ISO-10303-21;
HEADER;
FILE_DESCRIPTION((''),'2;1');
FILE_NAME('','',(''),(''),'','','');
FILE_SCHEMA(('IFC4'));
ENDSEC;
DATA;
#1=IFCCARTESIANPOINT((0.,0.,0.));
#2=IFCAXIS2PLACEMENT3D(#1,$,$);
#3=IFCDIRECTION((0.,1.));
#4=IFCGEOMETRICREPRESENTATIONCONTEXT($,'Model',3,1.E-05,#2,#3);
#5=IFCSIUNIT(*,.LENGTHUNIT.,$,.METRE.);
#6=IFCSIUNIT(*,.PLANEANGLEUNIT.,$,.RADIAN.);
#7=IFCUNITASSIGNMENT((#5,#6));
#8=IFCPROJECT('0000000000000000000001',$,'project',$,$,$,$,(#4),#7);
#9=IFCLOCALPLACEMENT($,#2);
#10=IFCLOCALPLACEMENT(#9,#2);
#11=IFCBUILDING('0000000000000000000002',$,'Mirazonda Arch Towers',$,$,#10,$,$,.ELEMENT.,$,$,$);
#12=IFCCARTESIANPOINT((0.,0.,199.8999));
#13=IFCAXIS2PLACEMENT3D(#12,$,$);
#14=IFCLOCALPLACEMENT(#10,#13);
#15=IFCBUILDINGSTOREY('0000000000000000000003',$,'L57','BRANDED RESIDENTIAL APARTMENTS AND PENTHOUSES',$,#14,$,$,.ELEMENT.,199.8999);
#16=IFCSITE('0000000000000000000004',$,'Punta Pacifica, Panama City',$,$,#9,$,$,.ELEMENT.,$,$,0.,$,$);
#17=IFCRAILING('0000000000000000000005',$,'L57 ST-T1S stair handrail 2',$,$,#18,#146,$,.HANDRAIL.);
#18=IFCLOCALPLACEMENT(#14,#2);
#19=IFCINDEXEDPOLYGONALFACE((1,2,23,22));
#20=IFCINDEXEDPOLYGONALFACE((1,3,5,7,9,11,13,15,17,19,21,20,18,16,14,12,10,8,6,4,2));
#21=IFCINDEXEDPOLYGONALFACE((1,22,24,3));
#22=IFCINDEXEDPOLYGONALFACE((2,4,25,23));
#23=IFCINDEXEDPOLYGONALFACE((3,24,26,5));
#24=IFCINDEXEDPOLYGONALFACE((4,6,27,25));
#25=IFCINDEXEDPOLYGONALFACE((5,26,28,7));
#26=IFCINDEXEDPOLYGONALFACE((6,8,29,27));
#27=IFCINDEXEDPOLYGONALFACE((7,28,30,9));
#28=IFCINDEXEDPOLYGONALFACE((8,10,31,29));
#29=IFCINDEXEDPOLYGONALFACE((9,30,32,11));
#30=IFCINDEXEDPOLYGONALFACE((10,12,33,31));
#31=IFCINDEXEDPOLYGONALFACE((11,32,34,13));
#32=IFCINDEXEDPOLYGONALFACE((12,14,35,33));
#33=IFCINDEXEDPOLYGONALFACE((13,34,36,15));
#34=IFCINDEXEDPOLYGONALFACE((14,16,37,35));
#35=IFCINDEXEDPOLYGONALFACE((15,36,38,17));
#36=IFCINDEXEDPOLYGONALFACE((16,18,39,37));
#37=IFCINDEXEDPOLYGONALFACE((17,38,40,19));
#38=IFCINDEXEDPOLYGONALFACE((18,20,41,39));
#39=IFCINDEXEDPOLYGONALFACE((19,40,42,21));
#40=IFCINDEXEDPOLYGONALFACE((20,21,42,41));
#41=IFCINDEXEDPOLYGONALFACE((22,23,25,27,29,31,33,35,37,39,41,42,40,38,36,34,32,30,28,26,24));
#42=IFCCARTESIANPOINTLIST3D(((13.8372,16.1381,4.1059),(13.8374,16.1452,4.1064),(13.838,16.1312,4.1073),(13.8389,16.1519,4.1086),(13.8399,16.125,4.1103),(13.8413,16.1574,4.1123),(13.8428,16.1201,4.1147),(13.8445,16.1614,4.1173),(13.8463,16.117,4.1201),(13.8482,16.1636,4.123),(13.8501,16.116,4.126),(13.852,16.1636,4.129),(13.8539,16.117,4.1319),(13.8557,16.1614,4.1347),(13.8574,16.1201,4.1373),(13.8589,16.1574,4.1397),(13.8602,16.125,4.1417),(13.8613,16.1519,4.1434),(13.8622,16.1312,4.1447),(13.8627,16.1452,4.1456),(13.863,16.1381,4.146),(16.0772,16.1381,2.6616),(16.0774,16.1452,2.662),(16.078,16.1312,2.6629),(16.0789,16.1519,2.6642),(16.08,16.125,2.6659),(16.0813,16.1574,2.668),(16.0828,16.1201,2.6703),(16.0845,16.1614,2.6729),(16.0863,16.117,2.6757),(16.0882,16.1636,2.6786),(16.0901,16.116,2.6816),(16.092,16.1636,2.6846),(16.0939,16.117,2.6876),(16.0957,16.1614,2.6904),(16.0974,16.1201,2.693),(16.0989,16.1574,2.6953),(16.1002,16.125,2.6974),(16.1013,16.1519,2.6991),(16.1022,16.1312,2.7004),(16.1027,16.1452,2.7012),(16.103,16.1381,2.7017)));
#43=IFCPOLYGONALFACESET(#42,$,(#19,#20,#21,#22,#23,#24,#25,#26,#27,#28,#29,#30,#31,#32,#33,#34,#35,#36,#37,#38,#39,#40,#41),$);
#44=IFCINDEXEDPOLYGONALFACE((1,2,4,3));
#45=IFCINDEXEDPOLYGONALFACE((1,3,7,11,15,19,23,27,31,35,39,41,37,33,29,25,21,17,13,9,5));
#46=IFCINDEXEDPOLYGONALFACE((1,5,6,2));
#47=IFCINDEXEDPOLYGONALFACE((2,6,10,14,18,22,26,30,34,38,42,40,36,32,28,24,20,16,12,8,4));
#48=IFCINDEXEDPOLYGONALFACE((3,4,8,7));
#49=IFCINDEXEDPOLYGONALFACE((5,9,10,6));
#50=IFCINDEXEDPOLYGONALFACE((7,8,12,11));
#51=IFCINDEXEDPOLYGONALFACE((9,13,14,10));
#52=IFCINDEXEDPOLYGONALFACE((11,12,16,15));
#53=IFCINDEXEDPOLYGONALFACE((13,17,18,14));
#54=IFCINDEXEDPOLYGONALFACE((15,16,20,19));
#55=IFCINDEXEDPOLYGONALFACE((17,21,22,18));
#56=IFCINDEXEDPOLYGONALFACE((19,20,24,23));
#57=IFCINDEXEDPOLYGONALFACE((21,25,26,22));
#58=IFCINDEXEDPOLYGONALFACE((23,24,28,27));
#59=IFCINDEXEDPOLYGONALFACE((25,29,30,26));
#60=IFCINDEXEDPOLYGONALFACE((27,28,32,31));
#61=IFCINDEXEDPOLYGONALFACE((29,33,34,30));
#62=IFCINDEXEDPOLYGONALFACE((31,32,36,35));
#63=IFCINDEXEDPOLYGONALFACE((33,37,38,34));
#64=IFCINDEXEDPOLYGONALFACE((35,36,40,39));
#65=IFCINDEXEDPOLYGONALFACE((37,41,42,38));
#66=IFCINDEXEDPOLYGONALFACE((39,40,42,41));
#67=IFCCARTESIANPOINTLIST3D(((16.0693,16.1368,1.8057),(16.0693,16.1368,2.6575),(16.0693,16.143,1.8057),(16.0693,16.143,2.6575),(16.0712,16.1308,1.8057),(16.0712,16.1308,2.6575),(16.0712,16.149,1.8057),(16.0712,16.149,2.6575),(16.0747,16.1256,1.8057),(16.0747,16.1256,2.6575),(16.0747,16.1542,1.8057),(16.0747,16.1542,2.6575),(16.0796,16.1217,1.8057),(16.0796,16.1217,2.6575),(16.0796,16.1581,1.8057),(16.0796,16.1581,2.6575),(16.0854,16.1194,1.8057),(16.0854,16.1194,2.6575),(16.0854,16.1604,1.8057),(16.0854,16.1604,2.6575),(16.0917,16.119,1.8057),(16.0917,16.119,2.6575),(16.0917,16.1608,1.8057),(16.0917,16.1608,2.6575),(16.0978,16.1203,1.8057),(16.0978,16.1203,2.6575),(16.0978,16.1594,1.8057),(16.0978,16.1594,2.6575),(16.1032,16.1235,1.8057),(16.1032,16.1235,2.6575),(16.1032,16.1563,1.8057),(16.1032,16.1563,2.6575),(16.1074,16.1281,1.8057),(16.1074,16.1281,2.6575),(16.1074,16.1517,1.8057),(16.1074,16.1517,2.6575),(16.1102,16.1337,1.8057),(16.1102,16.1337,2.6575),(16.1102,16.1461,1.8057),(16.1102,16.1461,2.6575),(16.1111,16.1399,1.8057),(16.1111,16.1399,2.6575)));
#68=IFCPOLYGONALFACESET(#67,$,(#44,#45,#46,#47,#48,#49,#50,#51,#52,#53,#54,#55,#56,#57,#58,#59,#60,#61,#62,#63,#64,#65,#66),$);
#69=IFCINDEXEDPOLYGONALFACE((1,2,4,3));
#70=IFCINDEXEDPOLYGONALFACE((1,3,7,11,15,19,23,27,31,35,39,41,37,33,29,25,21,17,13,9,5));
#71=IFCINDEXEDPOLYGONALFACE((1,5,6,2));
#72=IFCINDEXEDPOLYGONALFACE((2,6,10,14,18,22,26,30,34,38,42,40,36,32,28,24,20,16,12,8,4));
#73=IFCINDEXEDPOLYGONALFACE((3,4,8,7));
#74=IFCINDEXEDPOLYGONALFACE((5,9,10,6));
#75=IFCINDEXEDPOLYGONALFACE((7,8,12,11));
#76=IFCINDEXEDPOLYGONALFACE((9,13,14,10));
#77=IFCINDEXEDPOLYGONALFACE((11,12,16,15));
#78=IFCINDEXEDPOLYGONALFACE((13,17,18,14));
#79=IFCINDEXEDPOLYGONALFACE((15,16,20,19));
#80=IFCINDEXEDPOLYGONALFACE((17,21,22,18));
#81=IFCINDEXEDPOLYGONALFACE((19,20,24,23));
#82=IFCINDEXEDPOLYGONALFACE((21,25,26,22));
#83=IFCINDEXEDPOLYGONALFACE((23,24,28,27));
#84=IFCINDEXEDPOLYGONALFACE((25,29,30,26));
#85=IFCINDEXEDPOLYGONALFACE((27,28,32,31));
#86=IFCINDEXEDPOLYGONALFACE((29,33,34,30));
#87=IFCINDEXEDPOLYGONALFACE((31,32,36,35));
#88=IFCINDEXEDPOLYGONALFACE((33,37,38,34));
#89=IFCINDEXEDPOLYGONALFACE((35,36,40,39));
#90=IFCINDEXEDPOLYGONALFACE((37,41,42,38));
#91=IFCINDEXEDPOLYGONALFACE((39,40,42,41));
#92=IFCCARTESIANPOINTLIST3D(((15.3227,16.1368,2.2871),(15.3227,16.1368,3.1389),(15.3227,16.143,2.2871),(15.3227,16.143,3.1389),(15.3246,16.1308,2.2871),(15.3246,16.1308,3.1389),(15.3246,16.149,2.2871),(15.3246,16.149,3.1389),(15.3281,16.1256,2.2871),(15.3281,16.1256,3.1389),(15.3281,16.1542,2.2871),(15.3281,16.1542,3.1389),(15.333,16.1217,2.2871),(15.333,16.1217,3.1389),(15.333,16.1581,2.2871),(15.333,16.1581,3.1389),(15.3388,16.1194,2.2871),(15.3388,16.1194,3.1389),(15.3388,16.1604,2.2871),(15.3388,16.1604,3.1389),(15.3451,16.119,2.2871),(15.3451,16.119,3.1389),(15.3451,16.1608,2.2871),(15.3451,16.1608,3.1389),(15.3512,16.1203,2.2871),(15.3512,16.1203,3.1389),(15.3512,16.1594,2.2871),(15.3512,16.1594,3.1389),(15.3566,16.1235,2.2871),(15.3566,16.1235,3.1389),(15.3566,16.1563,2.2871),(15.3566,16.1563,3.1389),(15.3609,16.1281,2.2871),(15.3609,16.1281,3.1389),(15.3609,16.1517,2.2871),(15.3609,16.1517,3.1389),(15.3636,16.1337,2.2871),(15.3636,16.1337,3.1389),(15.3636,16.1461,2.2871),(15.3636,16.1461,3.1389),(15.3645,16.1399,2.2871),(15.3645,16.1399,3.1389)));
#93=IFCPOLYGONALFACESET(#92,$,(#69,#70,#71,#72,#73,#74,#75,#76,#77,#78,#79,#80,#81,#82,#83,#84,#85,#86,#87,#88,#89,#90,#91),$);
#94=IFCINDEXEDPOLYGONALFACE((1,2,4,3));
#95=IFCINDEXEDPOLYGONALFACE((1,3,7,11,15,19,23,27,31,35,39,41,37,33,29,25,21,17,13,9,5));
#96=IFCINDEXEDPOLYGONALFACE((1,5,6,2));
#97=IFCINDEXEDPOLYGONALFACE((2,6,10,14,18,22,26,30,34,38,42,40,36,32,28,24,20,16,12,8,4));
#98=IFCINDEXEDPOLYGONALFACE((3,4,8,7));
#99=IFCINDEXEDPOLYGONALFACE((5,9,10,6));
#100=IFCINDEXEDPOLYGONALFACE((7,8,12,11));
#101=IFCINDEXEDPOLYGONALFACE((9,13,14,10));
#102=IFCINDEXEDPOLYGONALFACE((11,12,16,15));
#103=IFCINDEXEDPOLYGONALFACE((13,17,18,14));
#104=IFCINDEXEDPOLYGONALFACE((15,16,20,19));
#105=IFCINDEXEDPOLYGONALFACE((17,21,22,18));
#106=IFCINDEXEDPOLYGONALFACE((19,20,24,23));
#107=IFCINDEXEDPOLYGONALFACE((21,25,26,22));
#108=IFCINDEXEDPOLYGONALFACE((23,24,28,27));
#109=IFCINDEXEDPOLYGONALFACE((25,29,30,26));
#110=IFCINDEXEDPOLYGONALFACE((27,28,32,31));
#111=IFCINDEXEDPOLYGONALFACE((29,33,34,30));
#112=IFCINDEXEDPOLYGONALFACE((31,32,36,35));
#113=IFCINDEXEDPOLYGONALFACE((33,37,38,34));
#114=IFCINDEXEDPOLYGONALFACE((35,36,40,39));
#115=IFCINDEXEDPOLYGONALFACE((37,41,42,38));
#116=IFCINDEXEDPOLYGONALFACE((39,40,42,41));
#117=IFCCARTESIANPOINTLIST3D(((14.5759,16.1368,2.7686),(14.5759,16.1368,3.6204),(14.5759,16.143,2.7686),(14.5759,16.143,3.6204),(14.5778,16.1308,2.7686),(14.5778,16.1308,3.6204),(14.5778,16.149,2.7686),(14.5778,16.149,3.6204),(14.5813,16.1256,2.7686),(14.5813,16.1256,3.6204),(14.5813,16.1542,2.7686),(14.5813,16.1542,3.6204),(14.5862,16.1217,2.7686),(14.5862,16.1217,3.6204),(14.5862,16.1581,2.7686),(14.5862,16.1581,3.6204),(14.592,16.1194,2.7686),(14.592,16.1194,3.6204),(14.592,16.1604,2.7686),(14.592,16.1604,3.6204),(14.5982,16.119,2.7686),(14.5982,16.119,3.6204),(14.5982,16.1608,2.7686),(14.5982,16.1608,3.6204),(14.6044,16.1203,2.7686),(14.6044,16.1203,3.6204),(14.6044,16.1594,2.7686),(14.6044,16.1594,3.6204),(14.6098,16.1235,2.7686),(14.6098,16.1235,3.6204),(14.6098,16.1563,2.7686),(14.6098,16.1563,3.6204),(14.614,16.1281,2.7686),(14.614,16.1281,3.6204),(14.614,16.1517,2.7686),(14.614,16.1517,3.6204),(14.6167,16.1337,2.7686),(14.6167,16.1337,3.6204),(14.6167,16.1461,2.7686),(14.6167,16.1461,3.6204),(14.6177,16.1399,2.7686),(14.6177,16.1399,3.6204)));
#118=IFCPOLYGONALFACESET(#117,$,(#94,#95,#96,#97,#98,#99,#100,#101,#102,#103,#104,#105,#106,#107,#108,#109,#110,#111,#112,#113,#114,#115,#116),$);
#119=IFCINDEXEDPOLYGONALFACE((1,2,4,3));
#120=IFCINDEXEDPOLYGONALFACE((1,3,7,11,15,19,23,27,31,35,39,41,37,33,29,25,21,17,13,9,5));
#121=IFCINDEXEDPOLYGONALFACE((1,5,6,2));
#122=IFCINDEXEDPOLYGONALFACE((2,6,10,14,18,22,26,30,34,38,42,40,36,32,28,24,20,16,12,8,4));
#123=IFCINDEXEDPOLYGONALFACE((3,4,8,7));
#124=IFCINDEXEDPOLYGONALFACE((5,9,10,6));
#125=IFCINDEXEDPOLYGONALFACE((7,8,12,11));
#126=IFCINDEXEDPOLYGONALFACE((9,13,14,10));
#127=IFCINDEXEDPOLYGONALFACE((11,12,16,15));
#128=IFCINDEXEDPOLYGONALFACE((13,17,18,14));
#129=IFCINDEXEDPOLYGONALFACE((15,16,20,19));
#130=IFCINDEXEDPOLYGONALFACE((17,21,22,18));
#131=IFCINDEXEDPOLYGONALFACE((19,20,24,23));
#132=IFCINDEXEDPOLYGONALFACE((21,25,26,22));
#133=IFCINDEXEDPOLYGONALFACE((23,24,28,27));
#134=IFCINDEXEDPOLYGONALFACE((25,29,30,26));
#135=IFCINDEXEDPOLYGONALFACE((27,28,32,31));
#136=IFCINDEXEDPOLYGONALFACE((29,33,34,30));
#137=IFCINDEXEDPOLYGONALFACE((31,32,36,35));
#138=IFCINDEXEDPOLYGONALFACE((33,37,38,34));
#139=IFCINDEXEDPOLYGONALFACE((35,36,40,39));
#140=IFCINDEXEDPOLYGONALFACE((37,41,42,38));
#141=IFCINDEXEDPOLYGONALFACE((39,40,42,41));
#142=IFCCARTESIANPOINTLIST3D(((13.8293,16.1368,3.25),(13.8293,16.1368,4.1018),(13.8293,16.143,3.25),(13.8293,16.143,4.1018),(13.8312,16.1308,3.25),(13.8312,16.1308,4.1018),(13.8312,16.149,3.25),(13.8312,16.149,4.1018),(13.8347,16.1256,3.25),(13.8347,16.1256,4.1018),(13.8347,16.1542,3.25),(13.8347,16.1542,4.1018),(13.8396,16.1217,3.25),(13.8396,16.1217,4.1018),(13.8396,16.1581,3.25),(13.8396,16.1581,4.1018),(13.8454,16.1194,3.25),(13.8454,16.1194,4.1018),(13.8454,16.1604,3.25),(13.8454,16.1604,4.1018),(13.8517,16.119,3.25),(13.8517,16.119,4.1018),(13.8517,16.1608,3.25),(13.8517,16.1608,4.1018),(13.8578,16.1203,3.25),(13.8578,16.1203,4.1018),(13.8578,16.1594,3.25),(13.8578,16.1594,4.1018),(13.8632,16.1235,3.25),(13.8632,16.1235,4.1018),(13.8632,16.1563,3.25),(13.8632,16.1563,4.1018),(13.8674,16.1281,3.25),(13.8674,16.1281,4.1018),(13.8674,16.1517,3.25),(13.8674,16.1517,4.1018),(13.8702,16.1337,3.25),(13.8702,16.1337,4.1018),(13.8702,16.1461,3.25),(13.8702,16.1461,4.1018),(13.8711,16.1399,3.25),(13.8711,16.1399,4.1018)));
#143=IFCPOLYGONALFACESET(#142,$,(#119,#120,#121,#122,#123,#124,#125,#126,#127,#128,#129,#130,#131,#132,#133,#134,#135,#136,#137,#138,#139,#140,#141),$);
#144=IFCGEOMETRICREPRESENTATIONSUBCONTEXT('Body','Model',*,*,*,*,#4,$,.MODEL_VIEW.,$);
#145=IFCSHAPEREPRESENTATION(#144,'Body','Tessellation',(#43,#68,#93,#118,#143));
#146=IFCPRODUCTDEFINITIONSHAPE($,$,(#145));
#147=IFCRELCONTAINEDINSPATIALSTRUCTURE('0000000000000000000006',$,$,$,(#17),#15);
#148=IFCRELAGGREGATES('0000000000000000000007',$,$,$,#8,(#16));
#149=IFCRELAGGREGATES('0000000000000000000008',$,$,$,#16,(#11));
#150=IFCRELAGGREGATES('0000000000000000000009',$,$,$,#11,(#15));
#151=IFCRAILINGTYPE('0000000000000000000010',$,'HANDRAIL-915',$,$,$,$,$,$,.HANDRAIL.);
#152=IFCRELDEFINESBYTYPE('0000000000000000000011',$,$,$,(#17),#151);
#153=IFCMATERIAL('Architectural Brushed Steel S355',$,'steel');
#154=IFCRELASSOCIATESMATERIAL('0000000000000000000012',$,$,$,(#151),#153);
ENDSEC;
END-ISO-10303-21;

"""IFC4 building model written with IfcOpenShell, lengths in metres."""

from ifc_helpers import new_model, si_unit, direction, frame, origin, origin_2d, place, context, subcontext, project, spatial, circle, extrude, material, type_object, element, save


model = new_model("IFC4")

# Units and contexts
model_context = context("Model", 3, precision=1e-05, world=origin(), true_north=direction((0.0, 1.0)))
body_context = subcontext(model_context, "Body", "Model", "MODEL_VIEW")
ifc_project = project(units=[si_unit("LENGTHUNIT", "METRE"), si_unit("PLANEANGLEUNIT", "RADIAN")], contexts=[model_context])

# Site, building, storey
site_placement = place(None, origin())
site = spatial("IfcSite", under=ifc_project, at=site_placement, Name="Punta Pacifica, Panama City", CompositionType="ELEMENT", RefElevation=0.0)
building_placement = place(site_placement, origin())
building = spatial("IfcBuilding", under=site, at=building_placement, Name="Mirazonda Arch Towers", CompositionType="ELEMENT")
storey_placement = place(building_placement, frame((0.0, 0.0, 199.8999)))
storey = spatial("IfcBuildingStorey", under=building, at=storey_placement, Name="L57", Description="BRANDED RESIDENTIAL APARTMENTS AND PENTHOUSES", CompositionType="ELEMENT", Elevation=199.8999)

# Shared definitions
ifc_material_1 = material(Name="Architectural Brushed Steel S355", Category="steel")

# Railing
railing_type_1 = type_object("IfcRailingType", Name="HANDRAIL-915", PredefinedType="HANDRAIL", material=ifc_material_1)
railing_1_placement = place(storey_placement, frame((16.0901, 16.1399, 1.8057)))
element("IfcRailing", 1, at=railing_1_placement, inside=storey, type_object=railing_type_1, Name="L57 ST-T1S stair handrail 2", PredefinedType="HANDRAIL", context=body_context, shape_type="SweptSolid", body=[
    extrude(circle(Radius=0.0239, at=origin_2d()), frame((0.0, 0.0, 0.876), z_axis=(-0.840437, 0.0, 0.54191), x_axis=(0.0, -1.0, 0.0)), (0.0, 0.0, 1.0), 2.6653),
    extrude(circle(Radius=0.021, at=origin_2d()), origin(), (0.0, 0.0, 1.0), 0.8518),
    extrude(circle(Radius=0.021, at=origin_2d()), frame((-0.7466, 0.0, 0.4814)), (0.0, 0.0, 1.0), 0.8518),
    extrude(circle(Radius=0.021, at=origin_2d()), frame((-1.4934, 0.0, 0.9629)), (0.0, 0.0, 1.0), 0.8518),
    extrude(circle(Radius=0.021, at=origin_2d()), frame((-2.24, 0.0, 1.4443)), (0.0, 0.0, 1.0), 0.8518),
])

save(model, "model.ifc")
